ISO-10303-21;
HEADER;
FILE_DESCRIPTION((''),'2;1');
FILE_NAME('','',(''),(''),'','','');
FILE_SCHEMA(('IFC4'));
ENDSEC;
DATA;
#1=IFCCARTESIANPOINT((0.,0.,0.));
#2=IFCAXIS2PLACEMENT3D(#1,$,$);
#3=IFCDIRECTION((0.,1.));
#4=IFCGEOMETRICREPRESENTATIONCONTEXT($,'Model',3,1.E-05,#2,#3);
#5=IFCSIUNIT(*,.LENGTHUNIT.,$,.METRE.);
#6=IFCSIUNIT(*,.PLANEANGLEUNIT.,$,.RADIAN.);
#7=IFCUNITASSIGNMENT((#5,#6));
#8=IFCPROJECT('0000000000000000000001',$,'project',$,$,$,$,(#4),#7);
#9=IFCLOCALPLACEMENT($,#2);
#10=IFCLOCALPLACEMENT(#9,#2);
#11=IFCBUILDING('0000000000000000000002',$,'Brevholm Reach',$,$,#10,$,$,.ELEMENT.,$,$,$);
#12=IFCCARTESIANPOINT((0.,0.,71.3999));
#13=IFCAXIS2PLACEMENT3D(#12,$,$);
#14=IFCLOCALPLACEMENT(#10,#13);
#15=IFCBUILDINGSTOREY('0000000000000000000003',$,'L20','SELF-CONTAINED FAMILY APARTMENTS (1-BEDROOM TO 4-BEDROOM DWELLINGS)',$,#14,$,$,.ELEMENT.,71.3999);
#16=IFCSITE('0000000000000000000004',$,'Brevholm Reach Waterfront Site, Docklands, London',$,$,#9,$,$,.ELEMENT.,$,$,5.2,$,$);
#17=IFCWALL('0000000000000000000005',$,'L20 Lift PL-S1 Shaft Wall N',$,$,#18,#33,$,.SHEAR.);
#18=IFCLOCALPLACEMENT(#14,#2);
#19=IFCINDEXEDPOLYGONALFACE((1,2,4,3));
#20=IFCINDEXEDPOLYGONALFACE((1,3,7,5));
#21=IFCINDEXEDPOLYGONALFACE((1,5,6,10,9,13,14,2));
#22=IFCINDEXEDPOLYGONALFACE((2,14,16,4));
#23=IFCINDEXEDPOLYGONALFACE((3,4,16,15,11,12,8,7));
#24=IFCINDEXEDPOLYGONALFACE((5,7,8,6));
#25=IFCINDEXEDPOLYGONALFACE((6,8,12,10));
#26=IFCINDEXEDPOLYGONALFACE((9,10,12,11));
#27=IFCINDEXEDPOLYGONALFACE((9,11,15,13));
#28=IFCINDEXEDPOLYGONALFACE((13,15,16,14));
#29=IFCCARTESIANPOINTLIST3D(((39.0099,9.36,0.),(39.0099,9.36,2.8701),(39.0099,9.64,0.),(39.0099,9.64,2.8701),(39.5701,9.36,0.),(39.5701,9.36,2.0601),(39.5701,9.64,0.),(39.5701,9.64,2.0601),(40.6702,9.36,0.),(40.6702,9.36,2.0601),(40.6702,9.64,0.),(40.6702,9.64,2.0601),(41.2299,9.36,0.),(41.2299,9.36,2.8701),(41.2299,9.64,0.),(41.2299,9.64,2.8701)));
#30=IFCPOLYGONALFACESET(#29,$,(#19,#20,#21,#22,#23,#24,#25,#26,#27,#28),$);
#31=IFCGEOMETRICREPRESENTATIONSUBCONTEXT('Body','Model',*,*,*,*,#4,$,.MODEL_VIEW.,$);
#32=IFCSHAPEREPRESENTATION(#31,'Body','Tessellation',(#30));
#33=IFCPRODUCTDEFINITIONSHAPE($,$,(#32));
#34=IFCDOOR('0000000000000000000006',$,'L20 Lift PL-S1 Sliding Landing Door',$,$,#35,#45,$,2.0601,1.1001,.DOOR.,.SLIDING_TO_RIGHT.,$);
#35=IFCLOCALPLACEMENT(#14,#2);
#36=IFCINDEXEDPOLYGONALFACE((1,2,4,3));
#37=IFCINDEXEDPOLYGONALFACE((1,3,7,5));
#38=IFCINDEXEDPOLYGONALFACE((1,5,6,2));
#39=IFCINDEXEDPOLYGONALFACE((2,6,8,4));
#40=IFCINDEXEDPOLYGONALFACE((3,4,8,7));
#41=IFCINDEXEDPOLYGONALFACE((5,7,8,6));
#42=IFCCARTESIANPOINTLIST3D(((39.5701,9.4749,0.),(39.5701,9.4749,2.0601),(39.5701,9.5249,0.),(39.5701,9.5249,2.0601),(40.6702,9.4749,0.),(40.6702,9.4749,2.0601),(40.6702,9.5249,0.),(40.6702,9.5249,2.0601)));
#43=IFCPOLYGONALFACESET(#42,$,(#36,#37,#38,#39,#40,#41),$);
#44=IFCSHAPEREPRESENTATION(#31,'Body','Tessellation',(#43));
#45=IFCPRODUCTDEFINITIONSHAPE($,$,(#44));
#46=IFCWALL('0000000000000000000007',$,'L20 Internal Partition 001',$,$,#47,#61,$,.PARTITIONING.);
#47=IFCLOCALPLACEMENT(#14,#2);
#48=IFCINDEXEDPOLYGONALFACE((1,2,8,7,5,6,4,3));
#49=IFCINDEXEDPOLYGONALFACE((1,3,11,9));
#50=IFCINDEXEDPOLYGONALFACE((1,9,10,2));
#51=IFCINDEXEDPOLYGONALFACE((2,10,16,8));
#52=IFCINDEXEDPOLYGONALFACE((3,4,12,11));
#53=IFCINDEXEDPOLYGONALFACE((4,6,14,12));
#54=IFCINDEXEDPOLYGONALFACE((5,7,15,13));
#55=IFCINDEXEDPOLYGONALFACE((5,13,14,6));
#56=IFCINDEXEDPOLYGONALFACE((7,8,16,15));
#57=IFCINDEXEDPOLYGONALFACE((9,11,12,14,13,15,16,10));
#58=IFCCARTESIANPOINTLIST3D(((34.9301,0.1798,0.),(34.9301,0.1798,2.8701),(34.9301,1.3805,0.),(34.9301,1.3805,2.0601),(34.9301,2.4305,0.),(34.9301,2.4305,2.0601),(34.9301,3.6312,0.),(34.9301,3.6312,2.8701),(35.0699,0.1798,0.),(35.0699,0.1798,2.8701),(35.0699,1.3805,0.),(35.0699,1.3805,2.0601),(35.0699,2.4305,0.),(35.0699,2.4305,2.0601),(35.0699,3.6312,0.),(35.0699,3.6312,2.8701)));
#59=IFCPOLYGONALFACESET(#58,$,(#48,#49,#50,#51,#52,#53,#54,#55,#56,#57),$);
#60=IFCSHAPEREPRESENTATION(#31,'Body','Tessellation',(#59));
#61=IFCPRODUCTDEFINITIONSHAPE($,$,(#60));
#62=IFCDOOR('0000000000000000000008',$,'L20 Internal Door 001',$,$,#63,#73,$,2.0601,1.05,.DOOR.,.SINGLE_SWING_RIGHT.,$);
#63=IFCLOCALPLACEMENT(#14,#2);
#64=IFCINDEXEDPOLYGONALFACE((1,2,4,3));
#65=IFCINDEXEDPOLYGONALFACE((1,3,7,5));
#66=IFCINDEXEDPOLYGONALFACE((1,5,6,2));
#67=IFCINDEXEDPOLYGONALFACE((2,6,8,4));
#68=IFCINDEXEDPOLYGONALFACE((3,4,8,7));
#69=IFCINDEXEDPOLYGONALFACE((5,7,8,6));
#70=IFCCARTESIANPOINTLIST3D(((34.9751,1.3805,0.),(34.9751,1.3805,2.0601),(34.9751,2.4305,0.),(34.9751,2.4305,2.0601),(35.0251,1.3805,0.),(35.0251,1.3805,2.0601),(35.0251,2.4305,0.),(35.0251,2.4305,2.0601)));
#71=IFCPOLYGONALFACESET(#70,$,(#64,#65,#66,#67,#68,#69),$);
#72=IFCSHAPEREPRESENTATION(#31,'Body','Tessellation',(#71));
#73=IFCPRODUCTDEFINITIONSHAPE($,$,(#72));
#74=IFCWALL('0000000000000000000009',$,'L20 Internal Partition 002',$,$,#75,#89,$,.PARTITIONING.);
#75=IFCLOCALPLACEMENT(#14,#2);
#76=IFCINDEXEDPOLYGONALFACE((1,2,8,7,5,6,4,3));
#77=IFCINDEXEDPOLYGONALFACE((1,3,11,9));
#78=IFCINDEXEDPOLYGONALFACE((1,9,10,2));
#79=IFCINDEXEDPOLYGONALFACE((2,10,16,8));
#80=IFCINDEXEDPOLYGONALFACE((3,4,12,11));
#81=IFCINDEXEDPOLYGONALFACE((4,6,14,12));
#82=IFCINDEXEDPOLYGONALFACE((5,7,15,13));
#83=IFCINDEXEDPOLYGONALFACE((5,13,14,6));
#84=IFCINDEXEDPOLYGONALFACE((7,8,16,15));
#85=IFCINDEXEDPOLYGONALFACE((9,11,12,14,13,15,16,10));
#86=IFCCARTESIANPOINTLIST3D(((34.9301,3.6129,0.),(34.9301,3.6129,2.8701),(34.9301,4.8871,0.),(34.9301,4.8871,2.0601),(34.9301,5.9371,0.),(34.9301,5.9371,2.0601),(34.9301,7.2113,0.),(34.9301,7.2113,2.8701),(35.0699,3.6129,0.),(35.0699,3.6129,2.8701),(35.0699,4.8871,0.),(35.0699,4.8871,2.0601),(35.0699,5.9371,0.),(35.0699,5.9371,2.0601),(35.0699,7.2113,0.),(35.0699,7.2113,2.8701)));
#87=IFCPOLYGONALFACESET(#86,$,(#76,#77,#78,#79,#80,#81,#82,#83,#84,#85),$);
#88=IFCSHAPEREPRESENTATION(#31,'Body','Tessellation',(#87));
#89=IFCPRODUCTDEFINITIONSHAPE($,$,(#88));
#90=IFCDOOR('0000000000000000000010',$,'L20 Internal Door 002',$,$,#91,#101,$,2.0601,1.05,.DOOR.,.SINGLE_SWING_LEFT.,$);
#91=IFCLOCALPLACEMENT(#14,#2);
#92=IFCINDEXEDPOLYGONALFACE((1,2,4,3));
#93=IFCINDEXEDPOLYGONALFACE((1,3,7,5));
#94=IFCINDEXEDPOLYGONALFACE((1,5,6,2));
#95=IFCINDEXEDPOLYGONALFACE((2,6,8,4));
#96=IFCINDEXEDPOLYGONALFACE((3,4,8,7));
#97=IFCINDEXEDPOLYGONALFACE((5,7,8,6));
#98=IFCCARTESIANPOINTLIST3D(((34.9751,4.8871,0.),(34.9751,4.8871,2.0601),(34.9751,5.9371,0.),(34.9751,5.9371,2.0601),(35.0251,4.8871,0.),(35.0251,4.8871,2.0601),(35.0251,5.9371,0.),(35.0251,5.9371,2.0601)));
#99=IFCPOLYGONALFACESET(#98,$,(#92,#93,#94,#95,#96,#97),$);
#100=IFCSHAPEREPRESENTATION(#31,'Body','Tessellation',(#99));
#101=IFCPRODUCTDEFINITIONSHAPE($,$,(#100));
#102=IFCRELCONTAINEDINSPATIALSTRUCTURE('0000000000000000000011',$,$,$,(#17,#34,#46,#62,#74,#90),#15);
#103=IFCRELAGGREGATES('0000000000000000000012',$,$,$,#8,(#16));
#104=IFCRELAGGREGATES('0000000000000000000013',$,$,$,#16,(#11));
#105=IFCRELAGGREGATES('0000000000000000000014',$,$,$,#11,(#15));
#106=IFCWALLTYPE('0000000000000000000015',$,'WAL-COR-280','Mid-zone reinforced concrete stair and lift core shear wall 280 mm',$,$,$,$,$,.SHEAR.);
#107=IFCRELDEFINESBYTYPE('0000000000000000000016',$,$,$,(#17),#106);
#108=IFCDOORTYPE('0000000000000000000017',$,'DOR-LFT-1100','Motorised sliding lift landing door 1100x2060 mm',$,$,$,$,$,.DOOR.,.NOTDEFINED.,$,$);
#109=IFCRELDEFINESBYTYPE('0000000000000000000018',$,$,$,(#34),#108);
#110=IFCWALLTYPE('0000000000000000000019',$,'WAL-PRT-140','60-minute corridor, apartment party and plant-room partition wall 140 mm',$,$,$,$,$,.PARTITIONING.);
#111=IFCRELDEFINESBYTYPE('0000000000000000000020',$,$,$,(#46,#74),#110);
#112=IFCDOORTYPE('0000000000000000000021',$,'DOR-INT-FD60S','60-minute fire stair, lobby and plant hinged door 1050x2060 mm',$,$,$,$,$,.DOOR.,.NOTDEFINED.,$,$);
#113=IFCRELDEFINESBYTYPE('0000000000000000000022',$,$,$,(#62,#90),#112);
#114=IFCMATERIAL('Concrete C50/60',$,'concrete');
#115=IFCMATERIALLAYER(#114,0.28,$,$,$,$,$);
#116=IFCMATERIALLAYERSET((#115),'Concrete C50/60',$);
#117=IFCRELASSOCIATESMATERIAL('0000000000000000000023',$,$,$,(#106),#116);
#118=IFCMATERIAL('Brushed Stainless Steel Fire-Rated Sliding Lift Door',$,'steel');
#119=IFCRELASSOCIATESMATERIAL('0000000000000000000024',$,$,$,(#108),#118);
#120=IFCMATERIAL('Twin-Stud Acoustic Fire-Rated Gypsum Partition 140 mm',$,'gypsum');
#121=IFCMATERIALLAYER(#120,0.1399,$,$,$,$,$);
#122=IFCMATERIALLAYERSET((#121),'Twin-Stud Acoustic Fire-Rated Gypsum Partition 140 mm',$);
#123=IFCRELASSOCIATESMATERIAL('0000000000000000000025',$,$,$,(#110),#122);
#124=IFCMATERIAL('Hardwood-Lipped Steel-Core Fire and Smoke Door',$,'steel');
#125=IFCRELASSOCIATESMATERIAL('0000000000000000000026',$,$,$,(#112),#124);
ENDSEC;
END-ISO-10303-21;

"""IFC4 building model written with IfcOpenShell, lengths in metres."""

from ifc_helpers import new_model, si_unit, direction, frame, frame_2d, origin, place, context, subcontext, project, spatial, rectangle, extrude, material, layer, layer_set, type_object, element, fill, save


model = new_model("IFC4")

# Units and contexts
model_context = context("Model", 3, precision=1e-05, world=origin(), true_north=direction((0.0, 1.0)))
body_context = subcontext(model_context, "Body", "Model", "MODEL_VIEW")
ifc_project = project(units=[si_unit("LENGTHUNIT", "METRE"), si_unit("PLANEANGLEUNIT", "RADIAN")], contexts=[model_context])

# Site, building, storey
site_placement = place(None, origin())
site = spatial("IfcSite", under=ifc_project, at=site_placement, Name="Brevholm Reach Waterfront Site, Docklands, London", CompositionType="ELEMENT", RefElevation=5.2)
building_placement = place(site_placement, origin())
building = spatial("IfcBuilding", under=site, at=building_placement, Name="Brevholm Reach", CompositionType="ELEMENT")
storey_placement = place(building_placement, frame((0.0, 0.0, 71.3999)))
storey = spatial("IfcBuildingStorey", under=building, at=storey_placement, Name="L20", Description="SELF-CONTAINED FAMILY APARTMENTS (1-BEDROOM TO 4-BEDROOM DWELLINGS)", CompositionType="ELEMENT", Elevation=71.3999)

# Shared definitions
ifc_material_1 = material(Name="Concrete C50/60", Category="concrete")
ifc_layer_1 = layer(ifc_material_1, 0.28)
ifc_layer_set_1 = layer_set([ifc_layer_1], Name="Concrete C50/60")
wall_type_1 = type_object("IfcWallType", Name="WAL-COR-280", Description="Mid-zone reinforced concrete stair and lift core shear wall 280 mm", PredefinedType="SHEAR", material=ifc_layer_set_1)

# Walls, openings, doors
wall_1_placement = place(storey_placement, frame((39.01, 9.5, 0.0), z_axis=(0.0, 0.0, 1.0), x_axis=(1.0, 0.0, 0.0)))
wall_1 = element("IfcWall", 1, at=wall_1_placement, inside=storey, type_object=wall_type_1, Name="L20 Lift PL-S1 Shaft Wall N", PredefinedType="SHEAR", context=body_context, shape_type="SweptSolid", body=[
    extrude(rectangle(XDim=2.22, YDim=0.28, at=frame_2d((1.1099, 0.0))), origin(), (0.0, 0.0, 1.0), 2.8701),
])
opening_1_placement = place(wall_1_placement, frame((0.5601, 0.0, 0.0)))
opening_1 = element("IfcOpeningElement", 2, at=opening_1_placement, cuts=wall_1, PredefinedType="OPENING", context=body_context, shape_type="SweptSolid", body=[
    extrude(rectangle(XDim=1.1001, YDim=2.0601, at=frame_2d((0.55, 1.03))), frame((0.0, 0.1499, 0.0), z_axis=(0.0, -1.0, 0.0), x_axis=(1.0, 0.0, 0.0)), (0.0, 0.0, 1.0), 0.3),
])
ifc_material_2 = material(Name="Brushed Stainless Steel Fire-Rated Sliding Lift Door", Category="steel")
door_type_1 = type_object("IfcDoorType", Name="DOR-LFT-1100", Description="Motorised sliding lift landing door 1100x2060 mm", OperationType="NOTDEFINED", PredefinedType="DOOR", material=ifc_material_2)
door_1_placement = place(opening_1_placement, origin())
door_1 = element("IfcDoor", 3, at=door_1_placement, inside=storey, type_object=door_type_1, Name="L20 Lift PL-S1 Sliding Landing Door", OperationType="SLIDING_TO_RIGHT", OverallHeight=2.0601, OverallWidth=1.1001, PredefinedType="DOOR", context=body_context, shape_type="SweptSolid", body=[
    extrude(rectangle(XDim=1.1001, YDim=2.0601, at=frame_2d((0.55, 1.03))), frame((0.0, 0.0249, 0.0), z_axis=(0.0, -1.0, 0.0), x_axis=(1.0, 0.0, 0.0)), (0.0, 0.0, 1.0), 0.05),
])
fill(opening_1, door_1)
ifc_material_3 = material(Name="Twin-Stud Acoustic Fire-Rated Gypsum Partition 140 mm", Category="gypsum")
ifc_layer_2 = layer(ifc_material_3, 0.1399)
ifc_layer_set_2 = layer_set([ifc_layer_2], Name="Twin-Stud Acoustic Fire-Rated Gypsum Partition 140 mm")
wall_type_2 = type_object("IfcWallType", Name="WAL-PRT-140", Description="60-minute corridor, apartment party and plant-room partition wall 140 mm", PredefinedType="PARTITIONING", material=ifc_layer_set_2)
wall_2_placement = place(storey_placement, frame((35.0, 0.1799, 0.0), z_axis=(0.0, 0.0, 1.0), x_axis=(0.0, 1.0, 0.0)))
wall_2 = element("IfcWall", 4, at=wall_2_placement, inside=storey, type_object=wall_type_2, Name="L20 Internal Partition 001", PredefinedType="PARTITIONING", context=body_context, shape_type="SweptSolid", body=[
    extrude(rectangle(XDim=3.4514, YDim=0.1399, at=frame_2d((1.7256, 0.0))), origin(), (0.0, 0.0, 1.0), 2.8701),
])
opening_2_placement = place(wall_2_placement, frame((1.2007, 0.0, 0.0)))
opening_2 = element("IfcOpeningElement", 5, at=opening_2_placement, cuts=wall_2, PredefinedType="OPENING", context=body_context, shape_type="SweptSolid", body=[
    extrude(rectangle(XDim=1.05, YDim=2.0601, at=frame_2d((0.5249, 1.03))), frame((0.0, 0.0798, 0.0), z_axis=(0.0, -1.0, 0.0), x_axis=(1.0, 0.0, 0.0)), (0.0, 0.0, 1.0), 0.1599),
])
ifc_material_4 = material(Name="Hardwood-Lipped Steel-Core Fire and Smoke Door", Category="steel")
door_type_2 = type_object("IfcDoorType", Name="DOR-INT-FD60S", Description="60-minute fire stair, lobby and plant hinged door 1050x2060 mm", OperationType="NOTDEFINED", PredefinedType="DOOR", material=ifc_material_4)
door_2_placement = place(opening_2_placement, origin())
door_2 = element("IfcDoor", 6, at=door_2_placement, inside=storey, type_object=door_type_2, Name="L20 Internal Door 001", OperationType="SINGLE_SWING_RIGHT", OverallHeight=2.0601, OverallWidth=1.05, PredefinedType="DOOR", context=body_context, shape_type="SweptSolid", body=[
    extrude(rectangle(XDim=1.05, YDim=2.0601, at=frame_2d((0.5249, 1.03))), frame((0.0, 0.0249, 0.0), z_axis=(0.0, -1.0, 0.0), x_axis=(1.0, 0.0, 0.0)), (0.0, 0.0, 1.0), 0.05),
])
fill(opening_2, door_2)
wall_3_placement = place(storey_placement, frame((35.0, 3.6128, 0.0), z_axis=(0.0, 0.0, 1.0), x_axis=(0.0, 1.0, 0.0)))
wall_3 = element("IfcWall", 7, at=wall_3_placement, inside=storey, type_object=wall_type_2, Name="L20 Internal Partition 002", PredefinedType="PARTITIONING", context=body_context, shape_type="SweptSolid", body=[
    extrude(rectangle(XDim=3.5984, YDim=0.1399, at=frame_2d((1.7993, 0.0))), origin(), (0.0, 0.0, 1.0), 2.8701),
])
opening_3_placement = place(wall_3_placement, frame((1.2744, 0.0, 0.0)))
opening_3 = element("IfcOpeningElement", 8, at=opening_3_placement, cuts=wall_3, PredefinedType="OPENING", context=body_context, shape_type="SweptSolid", body=[
    extrude(rectangle(XDim=1.05, YDim=2.0601, at=frame_2d((0.5249, 1.03))), frame((0.0, 0.0798, 0.0), z_axis=(0.0, -1.0, 0.0), x_axis=(1.0, 0.0, 0.0)), (0.0, 0.0, 1.0), 0.1599),
])
door_3_placement = place(opening_3_placement, origin())
door_3 = element("IfcDoor", 9, at=door_3_placement, inside=storey, type_object=door_type_2, Name="L20 Internal Door 002", OperationType="SINGLE_SWING_LEFT", OverallHeight=2.0601, OverallWidth=1.05, PredefinedType="DOOR", context=body_context, shape_type="SweptSolid", body=[
    extrude(rectangle(XDim=1.05, YDim=2.0601, at=frame_2d((0.5249, 1.03))), frame((0.0, 0.0249, 0.0), z_axis=(0.0, -1.0, 0.0), x_axis=(1.0, 0.0, 0.0)), (0.0, 0.0, 1.0), 0.05),
])
fill(opening_3, door_3)

save(model, "model.ifc")
